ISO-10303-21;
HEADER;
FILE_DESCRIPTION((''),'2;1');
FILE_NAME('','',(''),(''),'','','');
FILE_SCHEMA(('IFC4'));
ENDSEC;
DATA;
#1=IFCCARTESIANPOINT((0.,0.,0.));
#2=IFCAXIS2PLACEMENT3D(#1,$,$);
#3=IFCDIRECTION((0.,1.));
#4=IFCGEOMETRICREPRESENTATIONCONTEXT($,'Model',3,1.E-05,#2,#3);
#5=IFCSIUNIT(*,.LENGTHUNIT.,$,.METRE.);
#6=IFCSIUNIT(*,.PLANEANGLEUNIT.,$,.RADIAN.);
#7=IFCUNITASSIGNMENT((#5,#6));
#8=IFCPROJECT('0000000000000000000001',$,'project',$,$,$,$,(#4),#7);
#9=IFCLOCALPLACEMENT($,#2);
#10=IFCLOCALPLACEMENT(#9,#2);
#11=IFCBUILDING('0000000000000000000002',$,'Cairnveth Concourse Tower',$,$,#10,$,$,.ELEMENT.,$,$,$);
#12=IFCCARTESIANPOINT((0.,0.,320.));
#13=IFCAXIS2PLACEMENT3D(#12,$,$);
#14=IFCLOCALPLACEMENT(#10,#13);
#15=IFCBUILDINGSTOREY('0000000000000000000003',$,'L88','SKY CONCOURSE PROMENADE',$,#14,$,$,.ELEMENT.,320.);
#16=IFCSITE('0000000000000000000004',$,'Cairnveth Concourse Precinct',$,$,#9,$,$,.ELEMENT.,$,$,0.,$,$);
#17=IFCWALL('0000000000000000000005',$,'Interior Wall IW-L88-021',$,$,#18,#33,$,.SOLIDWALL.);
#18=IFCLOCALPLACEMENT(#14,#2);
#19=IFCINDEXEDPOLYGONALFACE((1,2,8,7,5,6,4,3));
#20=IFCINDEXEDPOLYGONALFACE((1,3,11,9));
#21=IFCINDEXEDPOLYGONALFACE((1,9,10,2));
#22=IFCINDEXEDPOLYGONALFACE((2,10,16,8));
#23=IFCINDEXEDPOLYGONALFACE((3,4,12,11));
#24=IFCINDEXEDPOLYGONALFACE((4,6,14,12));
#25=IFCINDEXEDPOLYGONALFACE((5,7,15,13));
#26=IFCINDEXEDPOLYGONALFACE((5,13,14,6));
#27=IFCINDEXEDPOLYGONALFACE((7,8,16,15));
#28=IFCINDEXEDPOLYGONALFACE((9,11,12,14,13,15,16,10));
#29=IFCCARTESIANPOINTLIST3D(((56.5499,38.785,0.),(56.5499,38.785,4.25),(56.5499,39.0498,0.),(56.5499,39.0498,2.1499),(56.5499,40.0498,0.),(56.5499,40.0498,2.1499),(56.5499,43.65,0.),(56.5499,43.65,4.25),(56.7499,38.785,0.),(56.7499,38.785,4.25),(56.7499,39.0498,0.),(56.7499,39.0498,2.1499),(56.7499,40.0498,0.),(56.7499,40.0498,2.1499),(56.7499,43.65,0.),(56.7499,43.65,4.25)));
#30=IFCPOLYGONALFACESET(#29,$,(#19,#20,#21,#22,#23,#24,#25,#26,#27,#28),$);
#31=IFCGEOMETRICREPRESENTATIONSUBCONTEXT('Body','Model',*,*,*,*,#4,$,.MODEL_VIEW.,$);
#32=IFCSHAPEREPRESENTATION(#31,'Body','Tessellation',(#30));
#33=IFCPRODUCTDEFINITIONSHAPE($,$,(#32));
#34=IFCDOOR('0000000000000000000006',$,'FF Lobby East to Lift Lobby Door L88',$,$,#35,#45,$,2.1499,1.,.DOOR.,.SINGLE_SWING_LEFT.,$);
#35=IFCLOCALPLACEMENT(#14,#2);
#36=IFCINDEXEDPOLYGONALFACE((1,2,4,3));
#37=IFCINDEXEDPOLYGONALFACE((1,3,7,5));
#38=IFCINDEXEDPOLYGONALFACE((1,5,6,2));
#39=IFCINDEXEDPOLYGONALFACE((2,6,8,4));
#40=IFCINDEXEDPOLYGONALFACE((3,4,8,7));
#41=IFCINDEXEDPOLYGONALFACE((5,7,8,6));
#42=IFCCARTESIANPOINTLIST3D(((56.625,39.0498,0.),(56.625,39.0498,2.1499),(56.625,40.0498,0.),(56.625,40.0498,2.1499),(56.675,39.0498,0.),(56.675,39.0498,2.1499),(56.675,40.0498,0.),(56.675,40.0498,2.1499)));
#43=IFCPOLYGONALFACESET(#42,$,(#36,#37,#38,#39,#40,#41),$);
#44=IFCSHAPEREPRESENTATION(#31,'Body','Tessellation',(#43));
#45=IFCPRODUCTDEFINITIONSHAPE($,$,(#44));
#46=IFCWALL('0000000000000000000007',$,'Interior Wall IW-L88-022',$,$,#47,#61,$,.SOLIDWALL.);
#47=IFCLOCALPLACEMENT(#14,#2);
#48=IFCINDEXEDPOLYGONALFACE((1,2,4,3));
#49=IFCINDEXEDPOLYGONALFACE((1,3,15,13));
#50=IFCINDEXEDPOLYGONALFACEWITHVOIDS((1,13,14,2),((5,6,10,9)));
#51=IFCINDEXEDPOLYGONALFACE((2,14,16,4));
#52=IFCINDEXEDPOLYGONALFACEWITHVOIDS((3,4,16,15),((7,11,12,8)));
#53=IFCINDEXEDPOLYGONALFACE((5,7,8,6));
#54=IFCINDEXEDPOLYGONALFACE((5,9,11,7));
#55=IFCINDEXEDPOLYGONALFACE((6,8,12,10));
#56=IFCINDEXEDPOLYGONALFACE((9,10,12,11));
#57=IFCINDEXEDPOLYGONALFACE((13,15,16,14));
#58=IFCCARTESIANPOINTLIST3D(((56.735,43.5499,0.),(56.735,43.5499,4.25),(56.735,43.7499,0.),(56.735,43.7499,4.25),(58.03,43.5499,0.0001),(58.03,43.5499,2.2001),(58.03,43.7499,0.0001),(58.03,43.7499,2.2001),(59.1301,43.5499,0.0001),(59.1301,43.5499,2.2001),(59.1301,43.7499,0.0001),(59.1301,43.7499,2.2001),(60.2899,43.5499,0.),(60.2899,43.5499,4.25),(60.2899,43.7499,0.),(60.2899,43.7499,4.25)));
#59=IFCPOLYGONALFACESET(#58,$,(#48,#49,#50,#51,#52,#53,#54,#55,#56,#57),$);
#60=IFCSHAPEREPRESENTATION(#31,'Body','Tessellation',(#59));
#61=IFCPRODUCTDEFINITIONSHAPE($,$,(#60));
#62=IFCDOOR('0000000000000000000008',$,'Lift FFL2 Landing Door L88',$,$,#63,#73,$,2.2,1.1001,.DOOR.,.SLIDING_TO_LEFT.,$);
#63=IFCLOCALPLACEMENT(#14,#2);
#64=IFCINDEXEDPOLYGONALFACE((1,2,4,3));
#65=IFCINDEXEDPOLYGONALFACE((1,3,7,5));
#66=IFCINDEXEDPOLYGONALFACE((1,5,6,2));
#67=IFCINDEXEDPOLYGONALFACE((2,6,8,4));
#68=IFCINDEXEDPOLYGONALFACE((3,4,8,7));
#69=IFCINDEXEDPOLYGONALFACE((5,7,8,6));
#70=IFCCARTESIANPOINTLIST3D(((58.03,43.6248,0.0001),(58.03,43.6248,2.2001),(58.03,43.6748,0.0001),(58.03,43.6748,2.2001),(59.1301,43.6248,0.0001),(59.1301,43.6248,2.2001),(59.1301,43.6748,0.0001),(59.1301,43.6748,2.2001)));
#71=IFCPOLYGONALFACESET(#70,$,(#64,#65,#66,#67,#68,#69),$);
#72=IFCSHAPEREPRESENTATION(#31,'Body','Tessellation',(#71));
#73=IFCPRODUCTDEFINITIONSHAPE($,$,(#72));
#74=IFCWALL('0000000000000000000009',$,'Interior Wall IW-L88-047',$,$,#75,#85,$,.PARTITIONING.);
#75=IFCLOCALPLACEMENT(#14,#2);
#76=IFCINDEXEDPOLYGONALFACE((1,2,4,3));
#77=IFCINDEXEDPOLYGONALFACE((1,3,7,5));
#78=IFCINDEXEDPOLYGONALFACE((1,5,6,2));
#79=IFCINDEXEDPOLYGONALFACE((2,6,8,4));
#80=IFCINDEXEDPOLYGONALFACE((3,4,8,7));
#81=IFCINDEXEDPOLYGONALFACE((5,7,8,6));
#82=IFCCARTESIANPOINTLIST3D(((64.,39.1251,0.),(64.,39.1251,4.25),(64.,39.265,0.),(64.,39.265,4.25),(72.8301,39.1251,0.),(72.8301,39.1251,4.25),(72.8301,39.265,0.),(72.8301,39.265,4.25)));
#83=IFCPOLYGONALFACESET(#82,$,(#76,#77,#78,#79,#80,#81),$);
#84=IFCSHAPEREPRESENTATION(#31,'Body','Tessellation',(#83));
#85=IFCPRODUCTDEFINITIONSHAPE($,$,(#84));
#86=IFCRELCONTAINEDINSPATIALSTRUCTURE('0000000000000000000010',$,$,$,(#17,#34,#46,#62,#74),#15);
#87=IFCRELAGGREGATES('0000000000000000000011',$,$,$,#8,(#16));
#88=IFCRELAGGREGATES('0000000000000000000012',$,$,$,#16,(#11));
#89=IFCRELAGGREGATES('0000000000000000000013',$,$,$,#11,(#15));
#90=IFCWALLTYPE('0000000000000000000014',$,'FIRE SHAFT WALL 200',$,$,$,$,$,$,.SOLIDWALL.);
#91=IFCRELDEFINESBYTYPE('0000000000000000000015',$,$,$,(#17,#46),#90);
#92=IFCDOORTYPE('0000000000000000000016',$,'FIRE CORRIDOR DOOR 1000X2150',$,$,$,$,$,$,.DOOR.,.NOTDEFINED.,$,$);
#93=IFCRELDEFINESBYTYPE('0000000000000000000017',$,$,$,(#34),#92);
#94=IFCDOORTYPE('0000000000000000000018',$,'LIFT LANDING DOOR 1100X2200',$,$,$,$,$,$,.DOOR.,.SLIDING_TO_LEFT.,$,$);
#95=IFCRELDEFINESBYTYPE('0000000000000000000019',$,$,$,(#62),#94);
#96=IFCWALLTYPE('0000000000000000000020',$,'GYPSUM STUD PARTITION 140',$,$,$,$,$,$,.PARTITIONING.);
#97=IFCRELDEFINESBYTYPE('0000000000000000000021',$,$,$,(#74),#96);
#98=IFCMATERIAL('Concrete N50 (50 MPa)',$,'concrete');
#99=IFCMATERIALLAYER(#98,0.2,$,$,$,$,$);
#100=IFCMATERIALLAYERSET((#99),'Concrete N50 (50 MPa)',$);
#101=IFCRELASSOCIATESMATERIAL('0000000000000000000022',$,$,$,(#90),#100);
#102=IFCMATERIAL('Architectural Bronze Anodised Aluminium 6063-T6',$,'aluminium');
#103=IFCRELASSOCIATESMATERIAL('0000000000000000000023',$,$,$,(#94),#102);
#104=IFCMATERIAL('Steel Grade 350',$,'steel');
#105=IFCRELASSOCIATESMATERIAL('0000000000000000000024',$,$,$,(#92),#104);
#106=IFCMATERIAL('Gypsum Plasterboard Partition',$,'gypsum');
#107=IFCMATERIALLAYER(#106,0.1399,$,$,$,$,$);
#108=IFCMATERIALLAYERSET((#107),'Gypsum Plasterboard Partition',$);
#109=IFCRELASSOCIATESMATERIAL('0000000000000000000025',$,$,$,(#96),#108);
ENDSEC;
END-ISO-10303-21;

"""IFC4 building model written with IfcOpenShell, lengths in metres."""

from ifc_helpers import new_model, si_unit, direction, frame, frame_2d, origin, place, context, subcontext, project, spatial, rectangle, extrude, material, layer, layer_set, type_object, element, fill, save


model = new_model("IFC4")

# Units and contexts
model_context = context("Model", 3, precision=1e-05, world=origin(), true_north=direction((0.0, 1.0)))
body_context = subcontext(model_context, "Body", "Model", "MODEL_VIEW")
ifc_project = project(units=[si_unit("LENGTHUNIT", "METRE"), si_unit("PLANEANGLEUNIT", "RADIAN")], contexts=[model_context])

# Site, building, storey
site_placement = place(None, origin())
site = spatial("IfcSite", under=ifc_project, at=site_placement, Name="Cairnveth Concourse Precinct", CompositionType="ELEMENT", RefElevation=0.0)
building_placement = place(site_placement, origin())
building = spatial("IfcBuilding", under=site, at=building_placement, Name="Cairnveth Concourse Tower", CompositionType="ELEMENT")
storey_placement = place(building_placement, frame((0.0, 0.0, 320.0)))
storey = spatial("IfcBuildingStorey", under=building, at=storey_placement, Name="L88", Description="SKY CONCOURSE PROMENADE", CompositionType="ELEMENT", Elevation=320.0)

# Shared definitions
ifc_material_1 = material(Name="Architectural Bronze Anodised Aluminium 6063-T6", Category="aluminium")

# Shared definitions
ifc_material_2 = material(Name="Concrete N50 (50 MPa)", Category="concrete")

# Shared definitions
ifc_material_3 = material(Name="Steel Grade 350", Category="steel")

# Shared definitions
ifc_layer_1 = layer(ifc_material_2, 0.2)
ifc_layer_set_1 = layer_set([ifc_layer_1], Name="Concrete N50 (50 MPa)")
wall_type_1 = type_object("IfcWallType", Name="FIRE SHAFT WALL 200", PredefinedType="SOLIDWALL", material=ifc_layer_set_1)

# Shared definitions
door_type_1 = type_object("IfcDoorType", Name="LIFT LANDING DOOR 1100X2200", OperationType="SLIDING_TO_LEFT", PredefinedType="DOOR", material=ifc_material_1)

# Walls, openings, doors
wall_1_placement = place(storey_placement, frame((56.6499, 38.7849, 0.0), z_axis=(0.0, 0.0, 1.0), x_axis=(0.0, 1.0, 0.0)))
wall_1 = element("IfcWall", 1, at=wall_1_placement, inside=storey, type_object=wall_type_1, Name="Interior Wall IW-L88-021", PredefinedType="SOLIDWALL", context=body_context, shape_type="SweptSolid", body=[
    extrude(rectangle(XDim=4.865, YDim=0.2, at=frame_2d((2.4326, 0.0))), origin(), (0.0, 0.0, 1.0), 4.25),
])
opening_1_placement = place(wall_1_placement, frame((0.2649, 0.0, 0.0)))
opening_1 = element("IfcOpeningElement", 2, at=opening_1_placement, cuts=wall_1, PredefinedType="OPENING", context=body_context, shape_type="SweptSolid", body=[
    extrude(rectangle(XDim=1.0, YDim=2.1499, at=frame_2d((0.5, 1.075))), frame((0.0, 0.1099, 0.0), z_axis=(0.0, -1.0, 0.0), x_axis=(1.0, 0.0, 0.0)), (0.0, 0.0, 1.0), 0.22),
])
door_type_2 = type_object("IfcDoorType", Name="FIRE CORRIDOR DOOR 1000X2150", OperationType="NOTDEFINED", PredefinedType="DOOR", material=ifc_material_3)
door_1_placement = place(opening_1_placement, origin())
door_1 = element("IfcDoor", 3, at=door_1_placement, inside=storey, type_object=door_type_2, Name="FF Lobby East to Lift Lobby Door L88", OperationType="SINGLE_SWING_LEFT", OverallHeight=2.1499, OverallWidth=1.0, PredefinedType="DOOR", context=body_context, shape_type="SweptSolid", body=[
    extrude(rectangle(XDim=1.0, YDim=2.1499, at=frame_2d((0.5, 1.075))), frame((0.0, 0.0249, 0.0), z_axis=(0.0, -1.0, 0.0), x_axis=(1.0, 0.0, 0.0)), (0.0, 0.0, 1.0), 0.05),
])
fill(opening_1, door_1)
wall_2_placement = place(storey_placement, frame((56.7351, 43.6499, 0.0), z_axis=(0.0, 0.0, 1.0), x_axis=(1.0, 0.0, 0.0)))
wall_2 = element("IfcWall", 4, at=wall_2_placement, inside=storey, type_object=wall_type_1, Name="Interior Wall IW-L88-022", PredefinedType="SOLIDWALL", context=body_context, shape_type="SweptSolid", body=[
    extrude(rectangle(XDim=3.5549, YDim=0.2, at=frame_2d((1.7773, 0.0))), origin(), (0.0, 0.0, 1.0), 4.25),
])
opening_2_placement = place(wall_2_placement, frame((1.2949, 0.0, 0.0)))
opening_2 = element("IfcOpeningElement", 5, at=opening_2_placement, cuts=wall_2, PredefinedType="OPENING", context=body_context, shape_type="SweptSolid", body=[
    extrude(rectangle(XDim=1.1001, YDim=2.2, at=frame_2d((0.55, 1.1001))), frame((0.0, 0.1099, 0.0), z_axis=(0.0, -1.0, 0.0), x_axis=(1.0, 0.0, 0.0)), (0.0, 0.0, 1.0), 0.22),
])
door_2_placement = place(opening_2_placement, origin())
door_2 = element("IfcDoor", 6, at=door_2_placement, inside=storey, type_object=door_type_1, Name="Lift FFL2 Landing Door L88", OperationType="SLIDING_TO_LEFT", OverallHeight=2.2, OverallWidth=1.1001, PredefinedType="DOOR", context=body_context, shape_type="SweptSolid", body=[
    extrude(rectangle(XDim=1.1001, YDim=2.2, at=frame_2d((0.55, 1.1001))), frame((0.0, 0.0249, 0.0), z_axis=(0.0, -1.0, 0.0), x_axis=(1.0, 0.0, 0.0)), (0.0, 0.0, 1.0), 0.05),
])
fill(opening_2, door_2)

# Wall
ifc_material_4 = material(Name="Gypsum Plasterboard Partition", Category="gypsum")
ifc_layer_2 = layer(ifc_material_4, 0.1399)
ifc_layer_set_2 = layer_set([ifc_layer_2], Name="Gypsum Plasterboard Partition")
wall_type_2 = type_object("IfcWallType", Name="GYPSUM STUD PARTITION 140", PredefinedType="PARTITIONING", material=ifc_layer_set_2)
wall_3_placement = place(storey_placement, frame((64.0, 39.1951, 0.0), z_axis=(0.0, 0.0, 1.0), x_axis=(1.0, 0.0, 0.0)))
element("IfcWall", 7, at=wall_3_placement, inside=storey, type_object=wall_type_2, Name="Interior Wall IW-L88-047", PredefinedType="PARTITIONING", context=body_context, shape_type="SweptSolid", body=[
    extrude(rectangle(XDim=8.8301, YDim=0.1399, at=frame_2d((4.415, 0.0))), origin(), (0.0, 0.0, 1.0), 4.25),
])

save(model, "model.ifc")
